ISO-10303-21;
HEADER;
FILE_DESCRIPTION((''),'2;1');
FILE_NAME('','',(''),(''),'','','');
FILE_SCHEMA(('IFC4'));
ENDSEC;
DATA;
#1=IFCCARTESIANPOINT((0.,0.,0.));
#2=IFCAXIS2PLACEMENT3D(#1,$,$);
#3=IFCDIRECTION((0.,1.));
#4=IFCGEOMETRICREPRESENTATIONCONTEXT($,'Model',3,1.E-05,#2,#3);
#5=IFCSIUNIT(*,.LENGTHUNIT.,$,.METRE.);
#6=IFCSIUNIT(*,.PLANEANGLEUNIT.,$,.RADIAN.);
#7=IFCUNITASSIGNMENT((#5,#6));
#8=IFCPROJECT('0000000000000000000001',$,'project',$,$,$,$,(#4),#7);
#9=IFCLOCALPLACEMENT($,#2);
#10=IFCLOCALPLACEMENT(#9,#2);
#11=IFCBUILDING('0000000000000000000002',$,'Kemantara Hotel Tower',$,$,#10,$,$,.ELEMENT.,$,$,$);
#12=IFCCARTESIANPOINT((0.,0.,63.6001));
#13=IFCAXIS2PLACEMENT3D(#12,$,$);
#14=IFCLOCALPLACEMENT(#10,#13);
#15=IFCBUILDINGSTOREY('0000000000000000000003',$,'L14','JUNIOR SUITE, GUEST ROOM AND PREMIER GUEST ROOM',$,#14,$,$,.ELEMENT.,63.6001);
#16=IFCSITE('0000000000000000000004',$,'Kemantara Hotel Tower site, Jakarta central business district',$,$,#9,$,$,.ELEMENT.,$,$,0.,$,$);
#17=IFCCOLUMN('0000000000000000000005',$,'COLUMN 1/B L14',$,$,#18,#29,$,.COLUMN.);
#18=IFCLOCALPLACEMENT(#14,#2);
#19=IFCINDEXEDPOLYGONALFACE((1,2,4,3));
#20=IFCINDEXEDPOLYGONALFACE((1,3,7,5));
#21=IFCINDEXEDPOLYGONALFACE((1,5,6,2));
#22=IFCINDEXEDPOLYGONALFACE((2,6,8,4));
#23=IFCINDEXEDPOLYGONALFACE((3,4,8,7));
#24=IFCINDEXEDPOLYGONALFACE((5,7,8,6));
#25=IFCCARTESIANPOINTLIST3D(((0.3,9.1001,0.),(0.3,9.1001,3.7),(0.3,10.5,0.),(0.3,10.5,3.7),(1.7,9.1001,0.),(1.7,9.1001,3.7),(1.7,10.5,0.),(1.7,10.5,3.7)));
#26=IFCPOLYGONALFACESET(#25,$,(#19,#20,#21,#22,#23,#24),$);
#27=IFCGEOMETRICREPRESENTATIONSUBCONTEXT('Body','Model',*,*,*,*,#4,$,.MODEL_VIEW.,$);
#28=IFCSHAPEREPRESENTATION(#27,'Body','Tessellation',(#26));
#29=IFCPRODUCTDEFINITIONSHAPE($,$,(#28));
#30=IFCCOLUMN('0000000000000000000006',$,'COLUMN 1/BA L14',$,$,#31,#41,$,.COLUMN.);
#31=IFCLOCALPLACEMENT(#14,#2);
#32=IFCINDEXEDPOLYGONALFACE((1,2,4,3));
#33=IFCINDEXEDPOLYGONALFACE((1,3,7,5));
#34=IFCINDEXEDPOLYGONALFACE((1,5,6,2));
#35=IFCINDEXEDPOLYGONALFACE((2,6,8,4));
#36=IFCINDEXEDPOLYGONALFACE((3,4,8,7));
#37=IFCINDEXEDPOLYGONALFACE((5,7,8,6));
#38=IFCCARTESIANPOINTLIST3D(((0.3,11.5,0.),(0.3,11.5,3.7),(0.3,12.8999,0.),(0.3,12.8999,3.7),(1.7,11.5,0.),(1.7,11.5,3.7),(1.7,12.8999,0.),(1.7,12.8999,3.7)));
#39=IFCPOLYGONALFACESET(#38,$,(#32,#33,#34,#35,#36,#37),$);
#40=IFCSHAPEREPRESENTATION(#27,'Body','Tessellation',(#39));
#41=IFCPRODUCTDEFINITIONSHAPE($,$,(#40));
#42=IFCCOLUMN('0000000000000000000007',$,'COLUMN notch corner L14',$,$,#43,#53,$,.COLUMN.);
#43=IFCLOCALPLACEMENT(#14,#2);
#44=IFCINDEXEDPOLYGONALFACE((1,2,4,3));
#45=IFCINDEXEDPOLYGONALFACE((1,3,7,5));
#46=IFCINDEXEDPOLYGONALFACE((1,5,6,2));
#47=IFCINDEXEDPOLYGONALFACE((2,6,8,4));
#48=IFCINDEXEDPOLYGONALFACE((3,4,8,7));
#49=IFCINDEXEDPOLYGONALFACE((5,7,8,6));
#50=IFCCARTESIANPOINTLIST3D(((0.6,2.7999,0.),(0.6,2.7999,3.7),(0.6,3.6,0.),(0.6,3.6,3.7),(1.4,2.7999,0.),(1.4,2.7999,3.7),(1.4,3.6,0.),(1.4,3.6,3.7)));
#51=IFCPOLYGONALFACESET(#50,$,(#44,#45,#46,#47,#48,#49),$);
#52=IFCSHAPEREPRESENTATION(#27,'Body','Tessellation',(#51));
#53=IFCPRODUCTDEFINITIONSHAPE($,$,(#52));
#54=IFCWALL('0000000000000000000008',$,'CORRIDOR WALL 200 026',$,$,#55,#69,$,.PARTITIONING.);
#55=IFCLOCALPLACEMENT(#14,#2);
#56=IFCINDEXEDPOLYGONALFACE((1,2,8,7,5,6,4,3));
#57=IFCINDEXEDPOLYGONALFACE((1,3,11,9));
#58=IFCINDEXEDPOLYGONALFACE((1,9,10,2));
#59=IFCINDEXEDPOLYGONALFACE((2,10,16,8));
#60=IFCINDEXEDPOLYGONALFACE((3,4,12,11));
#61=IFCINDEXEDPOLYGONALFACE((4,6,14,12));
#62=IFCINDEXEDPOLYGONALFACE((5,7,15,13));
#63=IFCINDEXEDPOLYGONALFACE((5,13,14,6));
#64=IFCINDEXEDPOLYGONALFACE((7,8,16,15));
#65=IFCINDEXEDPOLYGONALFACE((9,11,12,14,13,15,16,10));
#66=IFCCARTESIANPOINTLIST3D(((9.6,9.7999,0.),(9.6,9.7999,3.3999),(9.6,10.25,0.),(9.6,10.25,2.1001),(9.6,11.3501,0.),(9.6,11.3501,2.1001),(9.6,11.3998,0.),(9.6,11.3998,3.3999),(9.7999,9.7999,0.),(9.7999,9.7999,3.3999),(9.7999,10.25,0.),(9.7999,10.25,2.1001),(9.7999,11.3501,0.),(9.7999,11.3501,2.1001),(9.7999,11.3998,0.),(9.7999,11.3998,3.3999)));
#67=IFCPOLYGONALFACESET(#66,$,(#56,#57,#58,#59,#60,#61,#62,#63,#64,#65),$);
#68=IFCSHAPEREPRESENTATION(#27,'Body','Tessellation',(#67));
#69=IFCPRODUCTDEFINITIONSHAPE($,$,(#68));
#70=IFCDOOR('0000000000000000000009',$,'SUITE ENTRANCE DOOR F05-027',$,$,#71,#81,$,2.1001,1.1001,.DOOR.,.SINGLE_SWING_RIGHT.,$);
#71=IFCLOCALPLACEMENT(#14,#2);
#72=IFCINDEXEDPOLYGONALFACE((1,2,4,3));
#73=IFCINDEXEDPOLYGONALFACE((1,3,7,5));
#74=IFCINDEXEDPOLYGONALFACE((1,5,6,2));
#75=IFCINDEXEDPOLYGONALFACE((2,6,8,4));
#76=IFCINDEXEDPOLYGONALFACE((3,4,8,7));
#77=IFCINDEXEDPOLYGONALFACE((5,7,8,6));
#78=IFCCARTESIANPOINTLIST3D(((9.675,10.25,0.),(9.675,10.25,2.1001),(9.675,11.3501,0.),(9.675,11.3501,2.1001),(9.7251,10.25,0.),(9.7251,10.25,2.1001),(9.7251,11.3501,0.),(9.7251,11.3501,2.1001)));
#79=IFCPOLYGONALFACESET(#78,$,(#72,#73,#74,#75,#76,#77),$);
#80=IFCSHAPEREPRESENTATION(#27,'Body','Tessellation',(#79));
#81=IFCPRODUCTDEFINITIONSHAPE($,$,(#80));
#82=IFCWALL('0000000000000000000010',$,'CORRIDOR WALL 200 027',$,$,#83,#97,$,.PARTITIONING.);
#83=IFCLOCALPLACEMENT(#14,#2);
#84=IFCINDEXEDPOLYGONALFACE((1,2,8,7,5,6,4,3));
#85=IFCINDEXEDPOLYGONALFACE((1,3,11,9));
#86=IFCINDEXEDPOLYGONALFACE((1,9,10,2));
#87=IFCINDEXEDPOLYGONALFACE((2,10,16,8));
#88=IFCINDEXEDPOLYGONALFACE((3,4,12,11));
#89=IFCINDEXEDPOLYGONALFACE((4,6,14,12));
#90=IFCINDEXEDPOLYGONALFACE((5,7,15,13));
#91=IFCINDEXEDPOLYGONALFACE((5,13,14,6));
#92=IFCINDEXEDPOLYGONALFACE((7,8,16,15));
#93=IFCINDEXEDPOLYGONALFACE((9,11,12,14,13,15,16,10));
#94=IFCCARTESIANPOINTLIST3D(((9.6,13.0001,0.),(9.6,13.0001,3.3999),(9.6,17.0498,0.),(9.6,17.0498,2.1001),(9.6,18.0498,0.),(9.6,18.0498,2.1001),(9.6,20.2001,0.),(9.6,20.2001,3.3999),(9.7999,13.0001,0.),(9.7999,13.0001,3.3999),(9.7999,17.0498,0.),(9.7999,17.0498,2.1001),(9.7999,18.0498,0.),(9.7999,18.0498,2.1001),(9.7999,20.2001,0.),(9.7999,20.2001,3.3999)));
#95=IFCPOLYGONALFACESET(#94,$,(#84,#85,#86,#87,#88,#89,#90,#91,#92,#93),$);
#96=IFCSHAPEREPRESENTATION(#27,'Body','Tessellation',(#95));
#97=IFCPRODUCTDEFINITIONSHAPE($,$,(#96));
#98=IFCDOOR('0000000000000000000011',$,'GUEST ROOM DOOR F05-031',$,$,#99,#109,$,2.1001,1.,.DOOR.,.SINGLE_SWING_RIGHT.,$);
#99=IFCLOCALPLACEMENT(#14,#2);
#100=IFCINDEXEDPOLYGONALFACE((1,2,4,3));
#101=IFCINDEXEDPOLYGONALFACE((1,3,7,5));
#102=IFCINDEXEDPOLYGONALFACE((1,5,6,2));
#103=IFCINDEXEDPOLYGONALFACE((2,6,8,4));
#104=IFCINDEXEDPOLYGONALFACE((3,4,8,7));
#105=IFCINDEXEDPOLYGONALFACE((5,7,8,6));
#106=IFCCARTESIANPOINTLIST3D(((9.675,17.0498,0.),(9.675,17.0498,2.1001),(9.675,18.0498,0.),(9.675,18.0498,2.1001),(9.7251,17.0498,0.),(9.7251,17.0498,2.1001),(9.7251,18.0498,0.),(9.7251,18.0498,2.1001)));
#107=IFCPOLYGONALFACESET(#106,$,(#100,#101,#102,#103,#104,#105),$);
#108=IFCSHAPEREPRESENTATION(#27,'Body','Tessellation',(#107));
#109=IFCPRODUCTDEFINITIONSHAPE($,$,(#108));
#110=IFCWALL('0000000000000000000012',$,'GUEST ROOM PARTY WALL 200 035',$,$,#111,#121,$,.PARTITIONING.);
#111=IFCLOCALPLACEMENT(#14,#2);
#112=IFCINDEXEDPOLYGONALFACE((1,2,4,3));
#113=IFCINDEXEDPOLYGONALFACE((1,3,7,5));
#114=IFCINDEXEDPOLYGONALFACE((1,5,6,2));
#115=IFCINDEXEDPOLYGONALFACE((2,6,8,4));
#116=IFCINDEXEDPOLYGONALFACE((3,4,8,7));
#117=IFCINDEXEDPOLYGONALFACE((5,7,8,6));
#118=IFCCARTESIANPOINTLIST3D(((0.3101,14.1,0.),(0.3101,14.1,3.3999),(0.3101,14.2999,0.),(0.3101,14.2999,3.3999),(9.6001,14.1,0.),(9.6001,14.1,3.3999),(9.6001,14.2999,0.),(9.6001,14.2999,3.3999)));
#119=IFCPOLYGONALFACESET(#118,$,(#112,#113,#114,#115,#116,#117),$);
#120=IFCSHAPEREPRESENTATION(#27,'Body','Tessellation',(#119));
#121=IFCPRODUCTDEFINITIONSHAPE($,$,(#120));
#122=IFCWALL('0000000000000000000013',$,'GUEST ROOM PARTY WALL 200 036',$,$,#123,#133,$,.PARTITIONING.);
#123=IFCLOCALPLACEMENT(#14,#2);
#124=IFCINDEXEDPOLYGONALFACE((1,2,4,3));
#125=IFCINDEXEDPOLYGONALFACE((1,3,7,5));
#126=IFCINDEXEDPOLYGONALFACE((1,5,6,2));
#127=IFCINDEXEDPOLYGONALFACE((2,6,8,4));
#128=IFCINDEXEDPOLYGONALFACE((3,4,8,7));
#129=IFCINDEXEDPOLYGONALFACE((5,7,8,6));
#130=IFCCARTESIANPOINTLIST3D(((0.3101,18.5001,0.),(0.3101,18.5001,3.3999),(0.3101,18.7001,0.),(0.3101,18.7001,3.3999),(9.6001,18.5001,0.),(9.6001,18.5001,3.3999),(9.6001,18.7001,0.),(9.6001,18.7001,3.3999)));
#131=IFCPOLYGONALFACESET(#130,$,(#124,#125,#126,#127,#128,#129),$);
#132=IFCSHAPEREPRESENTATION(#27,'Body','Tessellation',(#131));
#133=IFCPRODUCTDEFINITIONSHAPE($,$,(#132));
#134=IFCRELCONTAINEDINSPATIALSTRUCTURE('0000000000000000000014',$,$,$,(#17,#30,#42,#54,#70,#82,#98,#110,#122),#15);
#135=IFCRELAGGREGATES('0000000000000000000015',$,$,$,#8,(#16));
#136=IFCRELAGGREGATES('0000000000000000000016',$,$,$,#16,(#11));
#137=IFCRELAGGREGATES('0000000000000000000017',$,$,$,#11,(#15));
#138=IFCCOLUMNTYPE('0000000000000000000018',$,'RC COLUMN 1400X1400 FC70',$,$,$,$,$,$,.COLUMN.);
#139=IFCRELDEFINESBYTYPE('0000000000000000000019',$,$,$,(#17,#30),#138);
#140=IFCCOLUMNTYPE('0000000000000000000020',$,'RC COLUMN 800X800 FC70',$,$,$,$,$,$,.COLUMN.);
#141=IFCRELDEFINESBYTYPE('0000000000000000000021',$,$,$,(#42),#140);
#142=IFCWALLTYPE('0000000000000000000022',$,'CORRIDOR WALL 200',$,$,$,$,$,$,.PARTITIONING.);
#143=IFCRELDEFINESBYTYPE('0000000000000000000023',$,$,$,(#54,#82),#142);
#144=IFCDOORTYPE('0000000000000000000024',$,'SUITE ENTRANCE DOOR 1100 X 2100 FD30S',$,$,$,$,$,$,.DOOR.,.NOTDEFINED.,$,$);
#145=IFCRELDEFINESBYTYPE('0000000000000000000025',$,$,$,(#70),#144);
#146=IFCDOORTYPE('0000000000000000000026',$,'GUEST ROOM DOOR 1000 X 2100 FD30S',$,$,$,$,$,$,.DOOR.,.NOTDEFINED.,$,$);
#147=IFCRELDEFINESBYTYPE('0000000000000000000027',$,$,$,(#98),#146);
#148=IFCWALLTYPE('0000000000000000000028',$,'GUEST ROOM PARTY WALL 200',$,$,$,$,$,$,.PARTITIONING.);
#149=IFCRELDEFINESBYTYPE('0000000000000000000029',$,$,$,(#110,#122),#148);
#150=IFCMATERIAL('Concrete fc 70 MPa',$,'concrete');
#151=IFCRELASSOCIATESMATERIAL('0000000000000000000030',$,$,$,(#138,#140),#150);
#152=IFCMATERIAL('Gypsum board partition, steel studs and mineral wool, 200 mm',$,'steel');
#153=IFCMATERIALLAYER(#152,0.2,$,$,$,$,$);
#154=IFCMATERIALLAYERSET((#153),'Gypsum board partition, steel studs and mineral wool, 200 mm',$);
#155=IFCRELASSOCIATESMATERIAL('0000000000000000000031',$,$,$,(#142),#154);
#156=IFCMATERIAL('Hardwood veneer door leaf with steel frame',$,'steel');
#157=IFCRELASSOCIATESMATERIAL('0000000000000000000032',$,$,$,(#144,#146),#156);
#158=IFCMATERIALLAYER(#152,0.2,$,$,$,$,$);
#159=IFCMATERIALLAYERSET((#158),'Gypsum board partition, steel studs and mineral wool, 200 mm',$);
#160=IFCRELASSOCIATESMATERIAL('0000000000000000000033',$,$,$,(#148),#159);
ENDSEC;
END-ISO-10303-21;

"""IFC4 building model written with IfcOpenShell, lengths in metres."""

from ifc_helpers import new_model, si_unit, direction, frame, frame_2d, origin, origin_2d, place, context, subcontext, project, spatial, rectangle, extrude, material, layer, layer_set, material_profile, profile_set, type_object, element, fill, save


model = new_model("IFC4")

# Units and contexts
model_context = context("Model", 3, precision=1e-05, world=origin(), true_north=direction((0.0, 1.0)))
body_context = subcontext(model_context, "Body", "Model", "MODEL_VIEW")
ifc_project = project(units=[si_unit("LENGTHUNIT", "METRE"), si_unit("PLANEANGLEUNIT", "RADIAN")], contexts=[model_context])

# Site, building, storey
site_placement = place(None, origin())
site = spatial("IfcSite", under=ifc_project, at=site_placement, Name="Kemantara Hotel Tower site, Jakarta central business district", CompositionType="ELEMENT", RefElevation=0.0)
building_placement = place(site_placement, origin())
building = spatial("IfcBuilding", under=site, at=building_placement, Name="Kemantara Hotel Tower", CompositionType="ELEMENT")
storey_placement = place(building_placement, frame((0.0, 0.0, 63.6001)))
storey = spatial("IfcBuildingStorey", under=building, at=storey_placement, Name="L14", Description="JUNIOR SUITE, GUEST ROOM AND PREMIER GUEST ROOM", CompositionType="ELEMENT", Elevation=63.6001)

# Columns
ifc_material_1 = material(Name="Concrete fc 70 MPa", Category="concrete")
ifc_material_profile_1 = material_profile(ifc_material_1, rectangle(XDim=1.3999, YDim=1.3999, at=origin_2d()), Name="RC 1400X1400")
ifc_profile_set_1 = profile_set([ifc_material_profile_1], Name="Concrete fc 70 MPa")
column_type_1 = type_object("IfcColumnType", Name="RC COLUMN 1400X1400 FC70", PredefinedType="COLUMN", material=ifc_profile_set_1)
for number, where, z_axis, x_axis, name in (
    (1, (1.0, 9.8, 0.0), (0.0, 0.0, 1.0), (1.0, 0.0, 0.0), "COLUMN 1/B L14"),
    (2, (1.0, 12.2, 0.0), (0.0, 0.0, 1.0), (1.0, 0.0, 0.0), "COLUMN 1/BA L14"),
):
    element("IfcColumn", number, at=place(storey_placement, frame(where, z_axis=z_axis, x_axis=x_axis)), inside=storey, type_object=column_type_1, Name=name, PredefinedType="COLUMN", context=body_context, shape_type="SweptSolid", body=[
        extrude(rectangle(XDim=1.3999, YDim=1.3999, at=origin_2d()), origin(), (0.0, 0.0, 1.0), 3.7),
    ])
ifc_material_profile_2 = material_profile(ifc_material_1, rectangle(XDim=0.8, YDim=0.8, at=origin_2d()), Name="RC 800X800")
ifc_profile_set_2 = profile_set([ifc_material_profile_2], Name="Concrete fc 70 MPa")
column_type_2 = type_object("IfcColumnType", Name="RC COLUMN 800X800 FC70", PredefinedType="COLUMN", material=ifc_profile_set_2)
column_placement = place(storey_placement, frame((1.0, 3.2, 0.0), z_axis=(0.0, 0.0, 1.0), x_axis=(1.0, 0.0, 0.0)))
element("IfcColumn", 3, at=column_placement, inside=storey, type_object=column_type_2, Name="COLUMN notch corner L14", PredefinedType="COLUMN", context=body_context, shape_type="SweptSolid", body=[
    extrude(rectangle(XDim=0.8, YDim=0.8, at=origin_2d()), origin(), (0.0, 0.0, 1.0), 3.7),
])

# Walls, openings, doors
ifc_material_2 = material(Name="Gypsum board partition, steel studs and mineral wool, 200 mm", Category="steel")
ifc_layer_1 = layer(ifc_material_2, 0.2)
ifc_layer_set_1 = layer_set([ifc_layer_1], Name="Gypsum board partition, steel studs and mineral wool, 200 mm")
wall_type_1 = type_object("IfcWallType", Name="CORRIDOR WALL 200", PredefinedType="PARTITIONING", material=ifc_layer_set_1)
wall_1_placement = place(storey_placement, frame((9.7, 9.8, 0.0), z_axis=(0.0, 0.0, 1.0), x_axis=(0.0, 1.0, 0.0)))
wall_1 = element("IfcWall", 4, at=wall_1_placement, inside=storey, type_object=wall_type_1, Name="CORRIDOR WALL 200 026", PredefinedType="PARTITIONING", context=body_context, shape_type="SweptSolid", body=[
    extrude(rectangle(XDim=1.5999, YDim=0.2, at=frame_2d((0.7998, 0.0))), origin(), (0.0, 0.0, 1.0), 3.3999),
])
opening_1_placement = place(wall_1_placement, frame((0.45, 0.0, 0.0)))
opening_1 = element("IfcOpeningElement", 5, at=opening_1_placement, cuts=wall_1, PredefinedType="OPENING", context=body_context, shape_type="SweptSolid", body=[
    extrude(rectangle(XDim=1.1001, YDim=2.1001, at=frame_2d((0.55, 1.05))), frame((0.0, 0.1099, 0.0), z_axis=(0.0, -1.0, 0.0), x_axis=(1.0, 0.0, 0.0)), (0.0, 0.0, 1.0), 0.22),
])
ifc_material_3 = material(Name="Hardwood veneer door leaf with steel frame", Category="steel")
door_type_1 = type_object("IfcDoorType", Name="SUITE ENTRANCE DOOR 1100 X 2100 FD30S", OperationType="NOTDEFINED", PredefinedType="DOOR", material=ifc_material_3)
door_1_placement = place(opening_1_placement, origin())
door_1 = element("IfcDoor", 6, at=door_1_placement, inside=storey, type_object=door_type_1, Name="SUITE ENTRANCE DOOR F05-027", OperationType="SINGLE_SWING_RIGHT", OverallHeight=2.1001, OverallWidth=1.1001, PredefinedType="DOOR", context=body_context, shape_type="SweptSolid", body=[
    extrude(rectangle(XDim=1.1001, YDim=2.1001, at=frame_2d((0.55, 1.05))), frame((0.0, 0.0249, 0.0), z_axis=(0.0, -1.0, 0.0), x_axis=(1.0, 0.0, 0.0)), (0.0, 0.0, 1.0), 0.05),
])
fill(opening_1, door_1)
wall_2_placement = place(storey_placement, frame((9.7, 13.0, 0.0), z_axis=(0.0, 0.0, 1.0), x_axis=(0.0, 1.0, 0.0)))
wall_2 = element("IfcWall", 7, at=wall_2_placement, inside=storey, type_object=wall_type_1, Name="CORRIDOR WALL 200 027", PredefinedType="PARTITIONING", context=body_context, shape_type="SweptSolid", body=[
    extrude(rectangle(XDim=7.2, YDim=0.2, at=frame_2d((3.6001, 0.0))), origin(), (0.0, 0.0, 1.0), 3.3999),
])
opening_2_placement = place(wall_2_placement, frame((4.0498, 0.0, 0.0)))
opening_2 = element("IfcOpeningElement", 8, at=opening_2_placement, cuts=wall_2, PredefinedType="OPENING", context=body_context, shape_type="SweptSolid", body=[
    extrude(rectangle(XDim=1.0, YDim=2.1001, at=frame_2d((0.5, 1.05))), frame((0.0, 0.1099, 0.0), z_axis=(0.0, -1.0, 0.0), x_axis=(1.0, 0.0, 0.0)), (0.0, 0.0, 1.0), 0.22),
])
door_type_2 = type_object("IfcDoorType", Name="GUEST ROOM DOOR 1000 X 2100 FD30S", OperationType="NOTDEFINED", PredefinedType="DOOR", material=ifc_material_3)
door_2_placement = place(opening_2_placement, origin())
door_2 = element("IfcDoor", 9, at=door_2_placement, inside=storey, type_object=door_type_2, Name="GUEST ROOM DOOR F05-031", OperationType="SINGLE_SWING_RIGHT", OverallHeight=2.1001, OverallWidth=1.0, PredefinedType="DOOR", context=body_context, shape_type="SweptSolid", body=[
    extrude(rectangle(XDim=1.0, YDim=2.1001, at=frame_2d((0.5, 1.05))), frame((0.0, 0.0249, 0.0), z_axis=(0.0, -1.0, 0.0), x_axis=(1.0, 0.0, 0.0)), (0.0, 0.0, 1.0), 0.05),
])
fill(opening_2, door_2)

# Walls
ifc_layer_2 = layer(ifc_material_2, 0.2)
ifc_layer_set_2 = layer_set([ifc_layer_2], Name="Gypsum board partition, steel studs and mineral wool, 200 mm")
wall_type_2 = type_object("IfcWallType", Name="GUEST ROOM PARTY WALL 200", PredefinedType="PARTITIONING", material=ifc_layer_set_2)
for number, where, z_axis, x_axis, name in (
    (10, (0.3101, 14.2, 0.0), (0.0, 0.0, 1.0), (1.0, 0.0, 0.0), "GUEST ROOM PARTY WALL 200 035"),
    (11, (0.3101, 18.6001, 0.0), (0.0, 0.0, 1.0), (1.0, 0.0, 0.0), "GUEST ROOM PARTY WALL 200 036"),
):
    element("IfcWall", number, at=place(storey_placement, frame(where, z_axis=z_axis, x_axis=x_axis)), inside=storey, type_object=wall_type_2, Name=name, PredefinedType="PARTITIONING", context=body_context, shape_type="SweptSolid", body=[
        extrude(rectangle(XDim=9.29, YDim=0.2, at=frame_2d((4.645, 0.0))), origin(), (0.0, 0.0, 1.0), 3.3999),
    ])

save(model, "model.ifc")
